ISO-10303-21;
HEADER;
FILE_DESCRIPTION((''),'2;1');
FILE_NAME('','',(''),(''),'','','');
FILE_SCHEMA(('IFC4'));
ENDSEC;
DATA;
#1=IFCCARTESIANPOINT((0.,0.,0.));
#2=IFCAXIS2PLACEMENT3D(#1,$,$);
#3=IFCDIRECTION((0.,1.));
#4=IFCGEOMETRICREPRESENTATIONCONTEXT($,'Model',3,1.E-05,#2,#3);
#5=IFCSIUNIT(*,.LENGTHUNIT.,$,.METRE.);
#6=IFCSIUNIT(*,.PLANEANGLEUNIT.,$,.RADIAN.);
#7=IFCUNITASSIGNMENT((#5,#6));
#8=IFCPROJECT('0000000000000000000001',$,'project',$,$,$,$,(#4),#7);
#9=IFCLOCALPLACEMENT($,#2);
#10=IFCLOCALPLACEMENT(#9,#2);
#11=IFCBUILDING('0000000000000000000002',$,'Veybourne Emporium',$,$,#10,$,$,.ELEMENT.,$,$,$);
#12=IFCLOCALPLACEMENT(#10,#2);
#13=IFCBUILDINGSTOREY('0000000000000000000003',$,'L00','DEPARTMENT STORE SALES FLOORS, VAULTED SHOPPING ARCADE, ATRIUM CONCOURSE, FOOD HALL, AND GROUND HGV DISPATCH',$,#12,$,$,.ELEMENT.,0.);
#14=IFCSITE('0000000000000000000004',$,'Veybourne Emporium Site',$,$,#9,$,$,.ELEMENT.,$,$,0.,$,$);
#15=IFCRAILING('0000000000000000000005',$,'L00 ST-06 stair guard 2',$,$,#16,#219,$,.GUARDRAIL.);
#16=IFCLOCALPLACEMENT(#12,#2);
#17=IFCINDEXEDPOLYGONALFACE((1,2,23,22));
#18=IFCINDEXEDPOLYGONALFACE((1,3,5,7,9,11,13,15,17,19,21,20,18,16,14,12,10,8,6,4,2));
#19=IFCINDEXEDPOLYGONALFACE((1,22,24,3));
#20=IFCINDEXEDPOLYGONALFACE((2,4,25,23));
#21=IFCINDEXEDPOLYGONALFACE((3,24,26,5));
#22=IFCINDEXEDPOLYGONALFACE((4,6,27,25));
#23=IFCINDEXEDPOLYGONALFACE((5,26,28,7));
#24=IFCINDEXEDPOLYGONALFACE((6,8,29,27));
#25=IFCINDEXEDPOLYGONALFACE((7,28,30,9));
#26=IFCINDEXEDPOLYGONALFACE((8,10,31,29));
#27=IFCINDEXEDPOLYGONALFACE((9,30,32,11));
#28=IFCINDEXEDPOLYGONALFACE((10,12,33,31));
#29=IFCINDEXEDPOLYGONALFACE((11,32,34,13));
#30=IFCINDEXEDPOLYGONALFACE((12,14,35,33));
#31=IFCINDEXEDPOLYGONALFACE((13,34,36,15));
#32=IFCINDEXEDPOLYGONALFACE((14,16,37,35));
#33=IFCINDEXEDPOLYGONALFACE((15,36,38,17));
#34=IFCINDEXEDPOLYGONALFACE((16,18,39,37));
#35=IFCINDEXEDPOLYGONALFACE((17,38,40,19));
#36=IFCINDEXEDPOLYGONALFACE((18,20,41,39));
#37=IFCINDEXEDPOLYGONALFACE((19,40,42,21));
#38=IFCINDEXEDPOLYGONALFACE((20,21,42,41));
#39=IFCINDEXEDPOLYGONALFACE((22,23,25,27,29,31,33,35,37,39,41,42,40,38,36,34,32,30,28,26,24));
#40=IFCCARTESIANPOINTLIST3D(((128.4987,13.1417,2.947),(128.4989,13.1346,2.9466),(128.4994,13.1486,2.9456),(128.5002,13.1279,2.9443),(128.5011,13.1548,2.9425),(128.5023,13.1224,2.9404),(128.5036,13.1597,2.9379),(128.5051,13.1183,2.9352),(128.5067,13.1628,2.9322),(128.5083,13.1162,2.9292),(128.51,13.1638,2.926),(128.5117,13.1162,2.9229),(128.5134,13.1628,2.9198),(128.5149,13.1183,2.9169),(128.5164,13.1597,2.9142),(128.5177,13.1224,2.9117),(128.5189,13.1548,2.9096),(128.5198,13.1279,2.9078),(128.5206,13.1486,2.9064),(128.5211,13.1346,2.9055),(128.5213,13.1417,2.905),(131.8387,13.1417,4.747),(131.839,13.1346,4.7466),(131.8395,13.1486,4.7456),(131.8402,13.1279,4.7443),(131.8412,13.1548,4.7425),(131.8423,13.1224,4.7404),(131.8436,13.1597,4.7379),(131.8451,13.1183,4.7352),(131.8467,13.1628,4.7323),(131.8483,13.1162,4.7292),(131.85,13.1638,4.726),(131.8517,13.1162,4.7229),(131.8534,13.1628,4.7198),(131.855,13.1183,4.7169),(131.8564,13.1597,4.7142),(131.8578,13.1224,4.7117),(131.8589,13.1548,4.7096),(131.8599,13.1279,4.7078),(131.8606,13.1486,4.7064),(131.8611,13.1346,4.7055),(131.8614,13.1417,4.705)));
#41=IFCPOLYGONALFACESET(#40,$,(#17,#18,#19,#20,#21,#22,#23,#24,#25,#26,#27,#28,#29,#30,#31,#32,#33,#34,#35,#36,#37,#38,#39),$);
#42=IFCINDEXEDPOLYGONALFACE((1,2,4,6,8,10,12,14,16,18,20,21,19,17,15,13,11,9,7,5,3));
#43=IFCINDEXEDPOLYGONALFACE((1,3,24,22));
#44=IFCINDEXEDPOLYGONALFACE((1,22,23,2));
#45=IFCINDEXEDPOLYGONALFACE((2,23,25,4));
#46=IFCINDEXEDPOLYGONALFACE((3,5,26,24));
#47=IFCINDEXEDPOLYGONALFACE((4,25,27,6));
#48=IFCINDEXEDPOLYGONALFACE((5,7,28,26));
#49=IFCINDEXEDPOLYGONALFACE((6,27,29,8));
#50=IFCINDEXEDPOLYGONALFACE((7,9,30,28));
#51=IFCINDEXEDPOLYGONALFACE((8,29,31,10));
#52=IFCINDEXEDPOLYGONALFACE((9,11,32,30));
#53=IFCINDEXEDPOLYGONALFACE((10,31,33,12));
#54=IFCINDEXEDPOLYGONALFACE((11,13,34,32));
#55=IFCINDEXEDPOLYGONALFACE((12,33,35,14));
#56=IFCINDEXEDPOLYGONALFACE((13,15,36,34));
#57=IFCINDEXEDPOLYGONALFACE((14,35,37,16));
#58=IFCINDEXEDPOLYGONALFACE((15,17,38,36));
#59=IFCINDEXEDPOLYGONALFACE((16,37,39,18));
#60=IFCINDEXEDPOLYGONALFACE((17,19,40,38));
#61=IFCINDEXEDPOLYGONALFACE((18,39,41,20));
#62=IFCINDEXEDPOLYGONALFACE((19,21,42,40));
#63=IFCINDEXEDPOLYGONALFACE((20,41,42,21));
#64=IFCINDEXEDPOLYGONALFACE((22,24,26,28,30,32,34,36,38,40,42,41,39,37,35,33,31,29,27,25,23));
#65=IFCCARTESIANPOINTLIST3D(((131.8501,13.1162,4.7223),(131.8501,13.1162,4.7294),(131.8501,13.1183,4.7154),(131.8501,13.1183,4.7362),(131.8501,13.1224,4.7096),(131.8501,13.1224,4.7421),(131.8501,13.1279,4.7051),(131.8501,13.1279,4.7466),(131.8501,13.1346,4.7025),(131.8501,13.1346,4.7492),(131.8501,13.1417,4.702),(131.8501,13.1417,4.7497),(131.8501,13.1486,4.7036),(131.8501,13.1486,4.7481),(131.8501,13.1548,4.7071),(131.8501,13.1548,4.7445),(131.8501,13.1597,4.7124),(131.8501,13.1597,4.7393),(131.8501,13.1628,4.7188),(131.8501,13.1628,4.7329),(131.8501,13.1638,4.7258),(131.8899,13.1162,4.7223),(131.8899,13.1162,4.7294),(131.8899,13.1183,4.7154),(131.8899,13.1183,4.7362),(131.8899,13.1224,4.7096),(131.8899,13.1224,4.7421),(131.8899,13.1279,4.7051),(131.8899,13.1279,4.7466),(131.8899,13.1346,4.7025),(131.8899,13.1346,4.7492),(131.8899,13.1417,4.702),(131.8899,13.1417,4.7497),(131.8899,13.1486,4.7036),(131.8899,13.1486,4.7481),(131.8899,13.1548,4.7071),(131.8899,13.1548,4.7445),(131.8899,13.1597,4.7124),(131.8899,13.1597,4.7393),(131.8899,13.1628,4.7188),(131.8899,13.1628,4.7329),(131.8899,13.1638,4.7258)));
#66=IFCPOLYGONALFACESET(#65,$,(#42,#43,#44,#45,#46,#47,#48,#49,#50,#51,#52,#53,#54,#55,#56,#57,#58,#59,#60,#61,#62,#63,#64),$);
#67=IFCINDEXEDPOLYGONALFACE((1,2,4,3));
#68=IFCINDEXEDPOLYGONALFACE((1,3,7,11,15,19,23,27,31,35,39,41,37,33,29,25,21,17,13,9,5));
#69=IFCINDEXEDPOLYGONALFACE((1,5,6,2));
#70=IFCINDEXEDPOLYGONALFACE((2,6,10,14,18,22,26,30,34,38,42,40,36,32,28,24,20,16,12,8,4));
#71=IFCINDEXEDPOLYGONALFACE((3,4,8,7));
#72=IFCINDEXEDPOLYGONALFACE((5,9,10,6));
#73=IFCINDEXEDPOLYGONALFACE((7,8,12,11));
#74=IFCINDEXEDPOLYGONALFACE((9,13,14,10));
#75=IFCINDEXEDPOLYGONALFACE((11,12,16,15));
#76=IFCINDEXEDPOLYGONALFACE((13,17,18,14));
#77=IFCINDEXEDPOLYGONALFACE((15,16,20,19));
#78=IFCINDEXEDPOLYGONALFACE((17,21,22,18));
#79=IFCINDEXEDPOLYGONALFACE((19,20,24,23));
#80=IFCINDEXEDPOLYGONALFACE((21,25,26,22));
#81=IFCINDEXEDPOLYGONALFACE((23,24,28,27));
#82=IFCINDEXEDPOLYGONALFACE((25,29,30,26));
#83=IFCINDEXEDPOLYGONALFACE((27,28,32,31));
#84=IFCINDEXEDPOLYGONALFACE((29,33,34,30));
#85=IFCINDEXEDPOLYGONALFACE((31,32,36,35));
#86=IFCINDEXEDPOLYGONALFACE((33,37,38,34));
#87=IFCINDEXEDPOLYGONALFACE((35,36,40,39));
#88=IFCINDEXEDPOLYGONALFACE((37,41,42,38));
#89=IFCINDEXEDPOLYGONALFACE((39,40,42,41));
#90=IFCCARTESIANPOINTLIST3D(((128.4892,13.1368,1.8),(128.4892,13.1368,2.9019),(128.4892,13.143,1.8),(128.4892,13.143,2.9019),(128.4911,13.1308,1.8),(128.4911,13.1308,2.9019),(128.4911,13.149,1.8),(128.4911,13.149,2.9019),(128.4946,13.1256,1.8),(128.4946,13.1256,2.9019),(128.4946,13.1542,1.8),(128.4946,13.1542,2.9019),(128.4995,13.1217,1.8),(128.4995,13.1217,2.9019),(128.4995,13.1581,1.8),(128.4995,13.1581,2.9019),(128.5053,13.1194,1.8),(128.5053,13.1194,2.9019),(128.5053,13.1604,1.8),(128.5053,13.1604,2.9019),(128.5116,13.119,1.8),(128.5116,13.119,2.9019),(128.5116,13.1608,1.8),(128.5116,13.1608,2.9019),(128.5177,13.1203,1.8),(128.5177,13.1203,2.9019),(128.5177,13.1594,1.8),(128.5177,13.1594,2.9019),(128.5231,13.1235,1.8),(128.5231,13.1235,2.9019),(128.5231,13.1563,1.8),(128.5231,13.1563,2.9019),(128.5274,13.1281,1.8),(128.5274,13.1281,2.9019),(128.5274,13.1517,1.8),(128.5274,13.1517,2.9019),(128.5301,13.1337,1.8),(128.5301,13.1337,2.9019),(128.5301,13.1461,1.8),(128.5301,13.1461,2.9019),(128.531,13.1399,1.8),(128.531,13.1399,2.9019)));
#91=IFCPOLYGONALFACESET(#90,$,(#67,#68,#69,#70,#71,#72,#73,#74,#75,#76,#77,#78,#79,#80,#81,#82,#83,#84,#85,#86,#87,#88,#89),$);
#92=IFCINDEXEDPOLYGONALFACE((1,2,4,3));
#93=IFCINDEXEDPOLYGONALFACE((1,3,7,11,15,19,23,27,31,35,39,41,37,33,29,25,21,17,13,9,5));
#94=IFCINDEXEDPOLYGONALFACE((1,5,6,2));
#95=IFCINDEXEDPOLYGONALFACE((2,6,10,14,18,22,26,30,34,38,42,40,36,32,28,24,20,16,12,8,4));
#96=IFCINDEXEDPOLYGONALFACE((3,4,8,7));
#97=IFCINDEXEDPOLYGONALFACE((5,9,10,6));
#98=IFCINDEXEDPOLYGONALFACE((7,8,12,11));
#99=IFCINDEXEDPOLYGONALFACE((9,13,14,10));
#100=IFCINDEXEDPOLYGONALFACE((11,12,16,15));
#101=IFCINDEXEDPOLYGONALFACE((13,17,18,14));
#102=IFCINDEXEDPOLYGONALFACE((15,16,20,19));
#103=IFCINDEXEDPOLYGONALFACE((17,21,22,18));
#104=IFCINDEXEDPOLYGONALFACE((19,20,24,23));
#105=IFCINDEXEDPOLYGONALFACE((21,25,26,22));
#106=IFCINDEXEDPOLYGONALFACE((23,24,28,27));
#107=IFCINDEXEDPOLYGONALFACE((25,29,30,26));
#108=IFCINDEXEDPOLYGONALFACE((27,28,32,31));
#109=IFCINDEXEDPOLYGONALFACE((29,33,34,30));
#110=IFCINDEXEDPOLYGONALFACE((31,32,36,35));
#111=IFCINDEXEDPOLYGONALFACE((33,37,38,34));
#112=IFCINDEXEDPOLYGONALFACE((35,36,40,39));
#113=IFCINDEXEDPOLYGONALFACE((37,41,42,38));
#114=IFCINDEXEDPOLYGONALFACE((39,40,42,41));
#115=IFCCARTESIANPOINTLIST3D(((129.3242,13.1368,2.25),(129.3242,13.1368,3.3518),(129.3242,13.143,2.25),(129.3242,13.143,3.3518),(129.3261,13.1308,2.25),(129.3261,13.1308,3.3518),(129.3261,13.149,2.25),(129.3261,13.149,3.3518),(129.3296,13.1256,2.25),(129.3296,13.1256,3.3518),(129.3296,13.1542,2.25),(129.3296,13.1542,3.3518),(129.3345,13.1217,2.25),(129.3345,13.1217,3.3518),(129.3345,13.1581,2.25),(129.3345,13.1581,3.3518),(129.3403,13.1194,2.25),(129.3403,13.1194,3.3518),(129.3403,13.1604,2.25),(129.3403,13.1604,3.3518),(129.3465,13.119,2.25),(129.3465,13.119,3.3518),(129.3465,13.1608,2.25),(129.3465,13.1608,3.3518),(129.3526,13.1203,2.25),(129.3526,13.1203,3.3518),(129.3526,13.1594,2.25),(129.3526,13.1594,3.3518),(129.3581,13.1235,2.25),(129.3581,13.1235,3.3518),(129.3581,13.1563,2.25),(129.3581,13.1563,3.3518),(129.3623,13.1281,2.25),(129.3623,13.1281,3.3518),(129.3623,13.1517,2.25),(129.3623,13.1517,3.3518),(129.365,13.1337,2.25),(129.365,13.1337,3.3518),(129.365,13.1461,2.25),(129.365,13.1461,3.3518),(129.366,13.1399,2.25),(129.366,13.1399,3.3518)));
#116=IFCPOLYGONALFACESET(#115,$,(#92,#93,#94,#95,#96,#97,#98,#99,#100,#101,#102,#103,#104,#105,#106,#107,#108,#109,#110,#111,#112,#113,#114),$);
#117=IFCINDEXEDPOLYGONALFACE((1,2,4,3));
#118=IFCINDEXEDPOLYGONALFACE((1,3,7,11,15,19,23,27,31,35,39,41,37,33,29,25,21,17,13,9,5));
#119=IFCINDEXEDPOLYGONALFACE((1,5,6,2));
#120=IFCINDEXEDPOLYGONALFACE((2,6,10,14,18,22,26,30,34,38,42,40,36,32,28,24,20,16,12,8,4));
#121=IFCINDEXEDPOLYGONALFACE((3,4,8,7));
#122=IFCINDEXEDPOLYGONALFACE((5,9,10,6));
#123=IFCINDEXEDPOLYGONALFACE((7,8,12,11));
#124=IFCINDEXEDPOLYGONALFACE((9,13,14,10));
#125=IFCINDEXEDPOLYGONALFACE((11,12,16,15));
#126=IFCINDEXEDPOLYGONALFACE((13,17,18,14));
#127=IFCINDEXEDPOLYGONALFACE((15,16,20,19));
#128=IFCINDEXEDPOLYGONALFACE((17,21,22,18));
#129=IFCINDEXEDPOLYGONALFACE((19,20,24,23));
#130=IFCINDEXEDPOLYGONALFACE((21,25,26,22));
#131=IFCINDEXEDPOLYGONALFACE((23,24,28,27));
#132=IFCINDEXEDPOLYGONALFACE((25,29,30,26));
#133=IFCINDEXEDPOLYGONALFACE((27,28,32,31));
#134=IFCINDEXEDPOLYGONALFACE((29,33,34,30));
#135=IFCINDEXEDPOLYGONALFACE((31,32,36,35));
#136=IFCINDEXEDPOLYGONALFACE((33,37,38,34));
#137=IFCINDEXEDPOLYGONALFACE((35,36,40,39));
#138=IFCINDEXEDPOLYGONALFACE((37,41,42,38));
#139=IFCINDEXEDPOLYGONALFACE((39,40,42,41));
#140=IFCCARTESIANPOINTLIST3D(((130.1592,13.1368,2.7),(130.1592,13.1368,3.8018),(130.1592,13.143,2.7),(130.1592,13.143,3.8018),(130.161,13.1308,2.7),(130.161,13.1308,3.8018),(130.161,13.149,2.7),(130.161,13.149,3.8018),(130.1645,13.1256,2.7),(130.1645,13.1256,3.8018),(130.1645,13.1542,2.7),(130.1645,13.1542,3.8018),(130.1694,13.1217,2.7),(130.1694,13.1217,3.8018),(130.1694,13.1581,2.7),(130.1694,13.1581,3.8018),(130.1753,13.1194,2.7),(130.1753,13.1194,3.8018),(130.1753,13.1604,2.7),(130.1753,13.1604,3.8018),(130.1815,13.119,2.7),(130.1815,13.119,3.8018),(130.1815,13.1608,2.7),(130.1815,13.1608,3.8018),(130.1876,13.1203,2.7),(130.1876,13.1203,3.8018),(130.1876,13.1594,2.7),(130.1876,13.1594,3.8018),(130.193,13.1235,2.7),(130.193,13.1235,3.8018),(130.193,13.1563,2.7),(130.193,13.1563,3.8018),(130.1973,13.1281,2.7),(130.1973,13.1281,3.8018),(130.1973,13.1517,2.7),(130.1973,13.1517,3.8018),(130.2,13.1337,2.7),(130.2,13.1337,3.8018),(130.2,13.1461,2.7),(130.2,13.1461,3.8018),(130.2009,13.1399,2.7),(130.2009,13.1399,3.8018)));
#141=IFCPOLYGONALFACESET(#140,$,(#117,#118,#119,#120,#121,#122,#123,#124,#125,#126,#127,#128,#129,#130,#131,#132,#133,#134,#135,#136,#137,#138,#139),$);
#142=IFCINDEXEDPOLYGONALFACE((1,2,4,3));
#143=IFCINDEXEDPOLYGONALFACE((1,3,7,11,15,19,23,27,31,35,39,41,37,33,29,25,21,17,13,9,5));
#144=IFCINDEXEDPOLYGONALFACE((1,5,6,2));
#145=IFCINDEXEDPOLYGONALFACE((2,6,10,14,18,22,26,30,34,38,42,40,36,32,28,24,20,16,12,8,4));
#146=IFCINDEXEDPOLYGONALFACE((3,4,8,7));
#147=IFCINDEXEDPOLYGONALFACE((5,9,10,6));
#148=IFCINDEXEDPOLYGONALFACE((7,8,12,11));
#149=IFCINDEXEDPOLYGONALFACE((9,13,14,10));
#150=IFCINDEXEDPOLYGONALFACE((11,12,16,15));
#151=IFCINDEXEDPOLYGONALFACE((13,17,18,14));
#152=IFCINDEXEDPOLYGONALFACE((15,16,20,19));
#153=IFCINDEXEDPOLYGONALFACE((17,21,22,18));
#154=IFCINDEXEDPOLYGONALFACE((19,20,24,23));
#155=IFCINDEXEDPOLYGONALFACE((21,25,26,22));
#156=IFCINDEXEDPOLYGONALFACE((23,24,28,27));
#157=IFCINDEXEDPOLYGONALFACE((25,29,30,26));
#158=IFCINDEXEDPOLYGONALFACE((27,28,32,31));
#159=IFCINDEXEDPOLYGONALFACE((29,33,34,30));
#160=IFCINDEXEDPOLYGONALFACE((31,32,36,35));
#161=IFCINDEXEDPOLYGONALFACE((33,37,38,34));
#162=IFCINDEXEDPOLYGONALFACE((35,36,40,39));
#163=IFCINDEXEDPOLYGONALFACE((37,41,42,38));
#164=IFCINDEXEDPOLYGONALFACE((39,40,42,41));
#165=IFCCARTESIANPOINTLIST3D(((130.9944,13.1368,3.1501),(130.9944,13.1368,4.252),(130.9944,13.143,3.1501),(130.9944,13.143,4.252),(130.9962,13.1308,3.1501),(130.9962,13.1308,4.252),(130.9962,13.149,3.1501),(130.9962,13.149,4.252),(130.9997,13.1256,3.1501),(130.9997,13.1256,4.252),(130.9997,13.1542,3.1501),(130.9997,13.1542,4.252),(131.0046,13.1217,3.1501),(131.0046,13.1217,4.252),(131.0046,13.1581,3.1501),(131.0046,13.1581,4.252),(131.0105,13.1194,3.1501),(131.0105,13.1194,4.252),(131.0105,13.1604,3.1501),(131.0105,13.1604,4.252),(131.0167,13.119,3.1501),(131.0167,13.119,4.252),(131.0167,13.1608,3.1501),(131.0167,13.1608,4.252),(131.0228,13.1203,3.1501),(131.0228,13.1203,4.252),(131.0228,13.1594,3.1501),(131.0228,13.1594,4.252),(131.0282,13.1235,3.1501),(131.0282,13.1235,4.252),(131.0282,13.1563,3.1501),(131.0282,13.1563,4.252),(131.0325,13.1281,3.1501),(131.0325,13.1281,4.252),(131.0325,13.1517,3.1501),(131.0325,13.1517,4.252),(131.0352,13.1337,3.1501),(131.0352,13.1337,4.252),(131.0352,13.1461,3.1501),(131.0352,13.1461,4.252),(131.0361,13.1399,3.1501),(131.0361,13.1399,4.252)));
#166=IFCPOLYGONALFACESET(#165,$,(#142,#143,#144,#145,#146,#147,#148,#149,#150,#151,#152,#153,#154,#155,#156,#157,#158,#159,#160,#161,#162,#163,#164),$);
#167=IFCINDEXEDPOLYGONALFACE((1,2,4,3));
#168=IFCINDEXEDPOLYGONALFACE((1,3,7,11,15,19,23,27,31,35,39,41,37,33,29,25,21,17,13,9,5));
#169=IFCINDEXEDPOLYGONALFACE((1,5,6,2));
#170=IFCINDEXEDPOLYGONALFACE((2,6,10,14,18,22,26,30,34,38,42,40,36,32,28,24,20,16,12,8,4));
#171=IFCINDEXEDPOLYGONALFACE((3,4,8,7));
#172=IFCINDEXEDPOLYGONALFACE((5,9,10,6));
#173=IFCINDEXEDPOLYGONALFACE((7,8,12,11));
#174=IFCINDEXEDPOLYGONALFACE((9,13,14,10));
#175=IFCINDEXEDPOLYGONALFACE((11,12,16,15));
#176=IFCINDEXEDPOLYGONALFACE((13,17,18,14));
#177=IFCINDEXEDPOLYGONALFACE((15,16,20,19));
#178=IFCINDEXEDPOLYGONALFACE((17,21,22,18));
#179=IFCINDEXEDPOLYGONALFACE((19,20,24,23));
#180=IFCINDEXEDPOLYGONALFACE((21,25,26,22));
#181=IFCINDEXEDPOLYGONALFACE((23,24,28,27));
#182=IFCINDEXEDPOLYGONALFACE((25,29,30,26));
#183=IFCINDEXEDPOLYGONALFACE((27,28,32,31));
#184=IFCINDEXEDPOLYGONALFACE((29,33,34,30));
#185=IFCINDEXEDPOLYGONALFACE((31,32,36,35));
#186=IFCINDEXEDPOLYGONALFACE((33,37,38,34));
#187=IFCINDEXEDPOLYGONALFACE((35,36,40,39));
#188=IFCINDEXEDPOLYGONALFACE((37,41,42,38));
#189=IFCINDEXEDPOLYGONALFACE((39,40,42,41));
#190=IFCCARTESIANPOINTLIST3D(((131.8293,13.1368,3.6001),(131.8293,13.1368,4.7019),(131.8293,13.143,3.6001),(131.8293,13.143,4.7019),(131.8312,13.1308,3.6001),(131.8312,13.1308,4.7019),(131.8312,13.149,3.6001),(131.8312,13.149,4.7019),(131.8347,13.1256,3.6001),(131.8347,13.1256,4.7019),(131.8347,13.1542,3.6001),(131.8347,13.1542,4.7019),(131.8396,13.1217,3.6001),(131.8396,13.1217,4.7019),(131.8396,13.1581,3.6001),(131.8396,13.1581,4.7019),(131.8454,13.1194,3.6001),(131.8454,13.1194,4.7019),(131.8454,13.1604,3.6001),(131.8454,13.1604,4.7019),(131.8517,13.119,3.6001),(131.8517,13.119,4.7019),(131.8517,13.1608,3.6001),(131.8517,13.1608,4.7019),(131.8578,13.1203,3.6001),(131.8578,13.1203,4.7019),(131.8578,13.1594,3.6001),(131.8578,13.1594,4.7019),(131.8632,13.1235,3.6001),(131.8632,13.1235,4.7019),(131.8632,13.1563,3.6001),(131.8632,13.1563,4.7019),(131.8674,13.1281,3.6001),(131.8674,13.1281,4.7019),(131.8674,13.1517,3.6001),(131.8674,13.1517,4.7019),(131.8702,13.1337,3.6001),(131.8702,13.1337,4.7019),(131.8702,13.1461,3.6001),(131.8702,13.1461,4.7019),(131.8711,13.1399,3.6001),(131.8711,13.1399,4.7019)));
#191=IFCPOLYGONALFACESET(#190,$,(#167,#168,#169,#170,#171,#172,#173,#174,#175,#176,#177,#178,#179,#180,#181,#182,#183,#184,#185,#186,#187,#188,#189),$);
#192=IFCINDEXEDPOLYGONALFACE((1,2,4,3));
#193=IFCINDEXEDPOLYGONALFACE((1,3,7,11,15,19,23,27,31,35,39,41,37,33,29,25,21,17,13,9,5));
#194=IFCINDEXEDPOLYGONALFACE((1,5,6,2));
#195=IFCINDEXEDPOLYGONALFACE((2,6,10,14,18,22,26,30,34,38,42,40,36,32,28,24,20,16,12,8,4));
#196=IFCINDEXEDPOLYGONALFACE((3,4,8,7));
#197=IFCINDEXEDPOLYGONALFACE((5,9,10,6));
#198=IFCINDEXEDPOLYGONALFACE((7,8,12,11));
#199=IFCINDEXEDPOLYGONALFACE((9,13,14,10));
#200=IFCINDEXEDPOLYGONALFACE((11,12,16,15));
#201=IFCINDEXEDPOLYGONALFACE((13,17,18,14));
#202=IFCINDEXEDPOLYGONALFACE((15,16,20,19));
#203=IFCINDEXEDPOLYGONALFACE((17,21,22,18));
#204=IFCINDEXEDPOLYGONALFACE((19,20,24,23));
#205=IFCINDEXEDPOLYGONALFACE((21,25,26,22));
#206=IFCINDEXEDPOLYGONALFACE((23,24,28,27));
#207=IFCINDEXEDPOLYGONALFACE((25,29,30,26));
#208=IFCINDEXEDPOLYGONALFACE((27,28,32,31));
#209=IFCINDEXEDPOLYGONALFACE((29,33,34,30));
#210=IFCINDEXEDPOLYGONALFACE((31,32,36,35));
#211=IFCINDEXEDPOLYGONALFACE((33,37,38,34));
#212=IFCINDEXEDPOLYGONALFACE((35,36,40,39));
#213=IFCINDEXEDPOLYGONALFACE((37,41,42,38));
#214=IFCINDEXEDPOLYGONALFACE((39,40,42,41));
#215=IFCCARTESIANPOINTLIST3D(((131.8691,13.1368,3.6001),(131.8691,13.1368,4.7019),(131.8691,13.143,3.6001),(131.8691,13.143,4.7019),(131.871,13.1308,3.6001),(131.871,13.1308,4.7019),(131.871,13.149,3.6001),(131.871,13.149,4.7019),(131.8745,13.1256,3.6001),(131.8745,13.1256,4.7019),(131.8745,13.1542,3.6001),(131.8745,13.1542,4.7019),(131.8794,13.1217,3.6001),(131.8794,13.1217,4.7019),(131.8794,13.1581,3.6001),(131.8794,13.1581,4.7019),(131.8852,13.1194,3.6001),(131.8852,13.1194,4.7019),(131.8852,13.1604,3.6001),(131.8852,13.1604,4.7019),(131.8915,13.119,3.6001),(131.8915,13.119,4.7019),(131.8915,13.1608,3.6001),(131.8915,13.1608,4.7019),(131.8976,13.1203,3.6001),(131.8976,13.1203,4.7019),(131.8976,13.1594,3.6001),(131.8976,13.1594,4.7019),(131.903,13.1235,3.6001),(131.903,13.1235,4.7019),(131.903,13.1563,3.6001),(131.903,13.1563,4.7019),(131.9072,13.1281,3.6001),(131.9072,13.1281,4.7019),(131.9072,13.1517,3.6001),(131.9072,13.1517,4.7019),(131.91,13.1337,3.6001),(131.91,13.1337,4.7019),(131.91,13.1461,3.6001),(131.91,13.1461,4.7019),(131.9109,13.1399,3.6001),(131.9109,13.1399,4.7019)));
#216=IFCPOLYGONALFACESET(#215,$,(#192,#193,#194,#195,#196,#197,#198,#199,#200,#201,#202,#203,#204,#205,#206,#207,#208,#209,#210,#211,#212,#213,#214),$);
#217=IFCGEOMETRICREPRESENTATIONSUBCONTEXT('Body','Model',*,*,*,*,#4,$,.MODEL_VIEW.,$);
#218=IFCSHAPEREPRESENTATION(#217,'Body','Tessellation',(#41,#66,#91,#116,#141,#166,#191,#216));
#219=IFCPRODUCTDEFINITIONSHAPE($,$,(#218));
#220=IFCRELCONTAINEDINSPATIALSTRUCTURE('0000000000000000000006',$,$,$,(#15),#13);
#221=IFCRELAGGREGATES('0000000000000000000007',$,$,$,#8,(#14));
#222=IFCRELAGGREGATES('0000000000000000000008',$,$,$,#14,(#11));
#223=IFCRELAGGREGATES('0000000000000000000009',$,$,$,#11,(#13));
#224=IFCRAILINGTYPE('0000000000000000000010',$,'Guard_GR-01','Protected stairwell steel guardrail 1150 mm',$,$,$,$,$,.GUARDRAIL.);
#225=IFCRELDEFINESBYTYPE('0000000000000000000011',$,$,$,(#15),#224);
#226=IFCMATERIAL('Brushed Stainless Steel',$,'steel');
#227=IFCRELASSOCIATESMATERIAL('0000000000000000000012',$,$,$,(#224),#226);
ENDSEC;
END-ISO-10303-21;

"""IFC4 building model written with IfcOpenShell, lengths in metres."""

from ifc_helpers import new_model, si_unit, direction, frame, origin, origin_2d, place, context, subcontext, project, spatial, circle, extrude, material, type_object, element, save


model = new_model("IFC4")

# Units and contexts
model_context = context("Model", 3, precision=1e-05, world=origin(), true_north=direction((0.0, 1.0)))
body_context = subcontext(model_context, "Body", "Model", "MODEL_VIEW")
ifc_project = project(units=[si_unit("LENGTHUNIT", "METRE"), si_unit("PLANEANGLEUNIT", "RADIAN")], contexts=[model_context])

# Site, building, storey
site_placement = place(None, origin())
site = spatial("IfcSite", under=ifc_project, at=site_placement, Name="Veybourne Emporium Site", CompositionType="ELEMENT", RefElevation=0.0)
building_placement = place(site_placement, origin())
building = spatial("IfcBuilding", under=site, at=building_placement, Name="Veybourne Emporium", CompositionType="ELEMENT")
storey_placement = place(building_placement, origin())
storey = spatial("IfcBuildingStorey", under=building, at=storey_placement, Name="L00", Description="DEPARTMENT STORE SALES FLOORS, VAULTED SHOPPING ARCADE, ATRIUM CONCOURSE, FOOD HALL, AND GROUND HGV DISPATCH", CompositionType="ELEMENT", Elevation=0.0)

# Railing
ifc_material_1 = material(Name="Brushed Stainless Steel", Category="steel")
railing_type_1 = type_object("IfcRailingType", Name="Guard_GR-01", Description="Protected stairwell steel guardrail 1150 mm", PredefinedType="GUARDRAIL", material=ifc_material_1)
railing_1_placement = place(storey_placement, frame((128.51, 13.1399, 1.8)))
element("IfcRailing", 1, at=railing_1_placement, inside=storey, type_object=railing_type_1, Name="L00 ST-06 stair guard 2", PredefinedType="GUARDRAIL", context=body_context, shape_type="SweptSolid", body=[
    extrude(circle(Radius=0.0239, at=origin_2d()), frame((0.0, 0.0, 1.126), z_axis=(0.880302, 0.0, 0.474414), x_axis=(0.0, 1.0, 0.0)), (0.0, 0.0, 1.0), 3.7942),
    extrude(circle(Radius=0.0239, at=origin_2d()), frame((3.3401, 0.0, 2.9258), z_axis=(1.0, 0.0, 0.0), x_axis=(0.0, 1.0, 0.0)), (0.0, 0.0, 1.0), 0.0398),
    extrude(circle(Radius=0.021, at=origin_2d()), origin(), (0.0, 0.0, 1.0), 1.1018),
    extrude(circle(Radius=0.021, at=origin_2d()), frame((0.835, 0.0, 0.45)), (0.0, 0.0, 1.0), 1.1018),
    extrude(circle(Radius=0.021, at=origin_2d()), frame((1.6699, 0.0, 0.8999)), (0.0, 0.0, 1.0), 1.1018),
    extrude(circle(Radius=0.021, at=origin_2d()), frame((2.5051, 0.0, 1.3501)), (0.0, 0.0, 1.0), 1.1018),
    extrude(circle(Radius=0.021, at=origin_2d()), frame((3.3401, 0.0, 1.8)), (0.0, 0.0, 1.0), 1.1018),
    extrude(circle(Radius=0.021, at=origin_2d()), frame((3.3799, 0.0, 1.8)), (0.0, 0.0, 1.0), 1.1018),
])

save(model, "model.ifc")
